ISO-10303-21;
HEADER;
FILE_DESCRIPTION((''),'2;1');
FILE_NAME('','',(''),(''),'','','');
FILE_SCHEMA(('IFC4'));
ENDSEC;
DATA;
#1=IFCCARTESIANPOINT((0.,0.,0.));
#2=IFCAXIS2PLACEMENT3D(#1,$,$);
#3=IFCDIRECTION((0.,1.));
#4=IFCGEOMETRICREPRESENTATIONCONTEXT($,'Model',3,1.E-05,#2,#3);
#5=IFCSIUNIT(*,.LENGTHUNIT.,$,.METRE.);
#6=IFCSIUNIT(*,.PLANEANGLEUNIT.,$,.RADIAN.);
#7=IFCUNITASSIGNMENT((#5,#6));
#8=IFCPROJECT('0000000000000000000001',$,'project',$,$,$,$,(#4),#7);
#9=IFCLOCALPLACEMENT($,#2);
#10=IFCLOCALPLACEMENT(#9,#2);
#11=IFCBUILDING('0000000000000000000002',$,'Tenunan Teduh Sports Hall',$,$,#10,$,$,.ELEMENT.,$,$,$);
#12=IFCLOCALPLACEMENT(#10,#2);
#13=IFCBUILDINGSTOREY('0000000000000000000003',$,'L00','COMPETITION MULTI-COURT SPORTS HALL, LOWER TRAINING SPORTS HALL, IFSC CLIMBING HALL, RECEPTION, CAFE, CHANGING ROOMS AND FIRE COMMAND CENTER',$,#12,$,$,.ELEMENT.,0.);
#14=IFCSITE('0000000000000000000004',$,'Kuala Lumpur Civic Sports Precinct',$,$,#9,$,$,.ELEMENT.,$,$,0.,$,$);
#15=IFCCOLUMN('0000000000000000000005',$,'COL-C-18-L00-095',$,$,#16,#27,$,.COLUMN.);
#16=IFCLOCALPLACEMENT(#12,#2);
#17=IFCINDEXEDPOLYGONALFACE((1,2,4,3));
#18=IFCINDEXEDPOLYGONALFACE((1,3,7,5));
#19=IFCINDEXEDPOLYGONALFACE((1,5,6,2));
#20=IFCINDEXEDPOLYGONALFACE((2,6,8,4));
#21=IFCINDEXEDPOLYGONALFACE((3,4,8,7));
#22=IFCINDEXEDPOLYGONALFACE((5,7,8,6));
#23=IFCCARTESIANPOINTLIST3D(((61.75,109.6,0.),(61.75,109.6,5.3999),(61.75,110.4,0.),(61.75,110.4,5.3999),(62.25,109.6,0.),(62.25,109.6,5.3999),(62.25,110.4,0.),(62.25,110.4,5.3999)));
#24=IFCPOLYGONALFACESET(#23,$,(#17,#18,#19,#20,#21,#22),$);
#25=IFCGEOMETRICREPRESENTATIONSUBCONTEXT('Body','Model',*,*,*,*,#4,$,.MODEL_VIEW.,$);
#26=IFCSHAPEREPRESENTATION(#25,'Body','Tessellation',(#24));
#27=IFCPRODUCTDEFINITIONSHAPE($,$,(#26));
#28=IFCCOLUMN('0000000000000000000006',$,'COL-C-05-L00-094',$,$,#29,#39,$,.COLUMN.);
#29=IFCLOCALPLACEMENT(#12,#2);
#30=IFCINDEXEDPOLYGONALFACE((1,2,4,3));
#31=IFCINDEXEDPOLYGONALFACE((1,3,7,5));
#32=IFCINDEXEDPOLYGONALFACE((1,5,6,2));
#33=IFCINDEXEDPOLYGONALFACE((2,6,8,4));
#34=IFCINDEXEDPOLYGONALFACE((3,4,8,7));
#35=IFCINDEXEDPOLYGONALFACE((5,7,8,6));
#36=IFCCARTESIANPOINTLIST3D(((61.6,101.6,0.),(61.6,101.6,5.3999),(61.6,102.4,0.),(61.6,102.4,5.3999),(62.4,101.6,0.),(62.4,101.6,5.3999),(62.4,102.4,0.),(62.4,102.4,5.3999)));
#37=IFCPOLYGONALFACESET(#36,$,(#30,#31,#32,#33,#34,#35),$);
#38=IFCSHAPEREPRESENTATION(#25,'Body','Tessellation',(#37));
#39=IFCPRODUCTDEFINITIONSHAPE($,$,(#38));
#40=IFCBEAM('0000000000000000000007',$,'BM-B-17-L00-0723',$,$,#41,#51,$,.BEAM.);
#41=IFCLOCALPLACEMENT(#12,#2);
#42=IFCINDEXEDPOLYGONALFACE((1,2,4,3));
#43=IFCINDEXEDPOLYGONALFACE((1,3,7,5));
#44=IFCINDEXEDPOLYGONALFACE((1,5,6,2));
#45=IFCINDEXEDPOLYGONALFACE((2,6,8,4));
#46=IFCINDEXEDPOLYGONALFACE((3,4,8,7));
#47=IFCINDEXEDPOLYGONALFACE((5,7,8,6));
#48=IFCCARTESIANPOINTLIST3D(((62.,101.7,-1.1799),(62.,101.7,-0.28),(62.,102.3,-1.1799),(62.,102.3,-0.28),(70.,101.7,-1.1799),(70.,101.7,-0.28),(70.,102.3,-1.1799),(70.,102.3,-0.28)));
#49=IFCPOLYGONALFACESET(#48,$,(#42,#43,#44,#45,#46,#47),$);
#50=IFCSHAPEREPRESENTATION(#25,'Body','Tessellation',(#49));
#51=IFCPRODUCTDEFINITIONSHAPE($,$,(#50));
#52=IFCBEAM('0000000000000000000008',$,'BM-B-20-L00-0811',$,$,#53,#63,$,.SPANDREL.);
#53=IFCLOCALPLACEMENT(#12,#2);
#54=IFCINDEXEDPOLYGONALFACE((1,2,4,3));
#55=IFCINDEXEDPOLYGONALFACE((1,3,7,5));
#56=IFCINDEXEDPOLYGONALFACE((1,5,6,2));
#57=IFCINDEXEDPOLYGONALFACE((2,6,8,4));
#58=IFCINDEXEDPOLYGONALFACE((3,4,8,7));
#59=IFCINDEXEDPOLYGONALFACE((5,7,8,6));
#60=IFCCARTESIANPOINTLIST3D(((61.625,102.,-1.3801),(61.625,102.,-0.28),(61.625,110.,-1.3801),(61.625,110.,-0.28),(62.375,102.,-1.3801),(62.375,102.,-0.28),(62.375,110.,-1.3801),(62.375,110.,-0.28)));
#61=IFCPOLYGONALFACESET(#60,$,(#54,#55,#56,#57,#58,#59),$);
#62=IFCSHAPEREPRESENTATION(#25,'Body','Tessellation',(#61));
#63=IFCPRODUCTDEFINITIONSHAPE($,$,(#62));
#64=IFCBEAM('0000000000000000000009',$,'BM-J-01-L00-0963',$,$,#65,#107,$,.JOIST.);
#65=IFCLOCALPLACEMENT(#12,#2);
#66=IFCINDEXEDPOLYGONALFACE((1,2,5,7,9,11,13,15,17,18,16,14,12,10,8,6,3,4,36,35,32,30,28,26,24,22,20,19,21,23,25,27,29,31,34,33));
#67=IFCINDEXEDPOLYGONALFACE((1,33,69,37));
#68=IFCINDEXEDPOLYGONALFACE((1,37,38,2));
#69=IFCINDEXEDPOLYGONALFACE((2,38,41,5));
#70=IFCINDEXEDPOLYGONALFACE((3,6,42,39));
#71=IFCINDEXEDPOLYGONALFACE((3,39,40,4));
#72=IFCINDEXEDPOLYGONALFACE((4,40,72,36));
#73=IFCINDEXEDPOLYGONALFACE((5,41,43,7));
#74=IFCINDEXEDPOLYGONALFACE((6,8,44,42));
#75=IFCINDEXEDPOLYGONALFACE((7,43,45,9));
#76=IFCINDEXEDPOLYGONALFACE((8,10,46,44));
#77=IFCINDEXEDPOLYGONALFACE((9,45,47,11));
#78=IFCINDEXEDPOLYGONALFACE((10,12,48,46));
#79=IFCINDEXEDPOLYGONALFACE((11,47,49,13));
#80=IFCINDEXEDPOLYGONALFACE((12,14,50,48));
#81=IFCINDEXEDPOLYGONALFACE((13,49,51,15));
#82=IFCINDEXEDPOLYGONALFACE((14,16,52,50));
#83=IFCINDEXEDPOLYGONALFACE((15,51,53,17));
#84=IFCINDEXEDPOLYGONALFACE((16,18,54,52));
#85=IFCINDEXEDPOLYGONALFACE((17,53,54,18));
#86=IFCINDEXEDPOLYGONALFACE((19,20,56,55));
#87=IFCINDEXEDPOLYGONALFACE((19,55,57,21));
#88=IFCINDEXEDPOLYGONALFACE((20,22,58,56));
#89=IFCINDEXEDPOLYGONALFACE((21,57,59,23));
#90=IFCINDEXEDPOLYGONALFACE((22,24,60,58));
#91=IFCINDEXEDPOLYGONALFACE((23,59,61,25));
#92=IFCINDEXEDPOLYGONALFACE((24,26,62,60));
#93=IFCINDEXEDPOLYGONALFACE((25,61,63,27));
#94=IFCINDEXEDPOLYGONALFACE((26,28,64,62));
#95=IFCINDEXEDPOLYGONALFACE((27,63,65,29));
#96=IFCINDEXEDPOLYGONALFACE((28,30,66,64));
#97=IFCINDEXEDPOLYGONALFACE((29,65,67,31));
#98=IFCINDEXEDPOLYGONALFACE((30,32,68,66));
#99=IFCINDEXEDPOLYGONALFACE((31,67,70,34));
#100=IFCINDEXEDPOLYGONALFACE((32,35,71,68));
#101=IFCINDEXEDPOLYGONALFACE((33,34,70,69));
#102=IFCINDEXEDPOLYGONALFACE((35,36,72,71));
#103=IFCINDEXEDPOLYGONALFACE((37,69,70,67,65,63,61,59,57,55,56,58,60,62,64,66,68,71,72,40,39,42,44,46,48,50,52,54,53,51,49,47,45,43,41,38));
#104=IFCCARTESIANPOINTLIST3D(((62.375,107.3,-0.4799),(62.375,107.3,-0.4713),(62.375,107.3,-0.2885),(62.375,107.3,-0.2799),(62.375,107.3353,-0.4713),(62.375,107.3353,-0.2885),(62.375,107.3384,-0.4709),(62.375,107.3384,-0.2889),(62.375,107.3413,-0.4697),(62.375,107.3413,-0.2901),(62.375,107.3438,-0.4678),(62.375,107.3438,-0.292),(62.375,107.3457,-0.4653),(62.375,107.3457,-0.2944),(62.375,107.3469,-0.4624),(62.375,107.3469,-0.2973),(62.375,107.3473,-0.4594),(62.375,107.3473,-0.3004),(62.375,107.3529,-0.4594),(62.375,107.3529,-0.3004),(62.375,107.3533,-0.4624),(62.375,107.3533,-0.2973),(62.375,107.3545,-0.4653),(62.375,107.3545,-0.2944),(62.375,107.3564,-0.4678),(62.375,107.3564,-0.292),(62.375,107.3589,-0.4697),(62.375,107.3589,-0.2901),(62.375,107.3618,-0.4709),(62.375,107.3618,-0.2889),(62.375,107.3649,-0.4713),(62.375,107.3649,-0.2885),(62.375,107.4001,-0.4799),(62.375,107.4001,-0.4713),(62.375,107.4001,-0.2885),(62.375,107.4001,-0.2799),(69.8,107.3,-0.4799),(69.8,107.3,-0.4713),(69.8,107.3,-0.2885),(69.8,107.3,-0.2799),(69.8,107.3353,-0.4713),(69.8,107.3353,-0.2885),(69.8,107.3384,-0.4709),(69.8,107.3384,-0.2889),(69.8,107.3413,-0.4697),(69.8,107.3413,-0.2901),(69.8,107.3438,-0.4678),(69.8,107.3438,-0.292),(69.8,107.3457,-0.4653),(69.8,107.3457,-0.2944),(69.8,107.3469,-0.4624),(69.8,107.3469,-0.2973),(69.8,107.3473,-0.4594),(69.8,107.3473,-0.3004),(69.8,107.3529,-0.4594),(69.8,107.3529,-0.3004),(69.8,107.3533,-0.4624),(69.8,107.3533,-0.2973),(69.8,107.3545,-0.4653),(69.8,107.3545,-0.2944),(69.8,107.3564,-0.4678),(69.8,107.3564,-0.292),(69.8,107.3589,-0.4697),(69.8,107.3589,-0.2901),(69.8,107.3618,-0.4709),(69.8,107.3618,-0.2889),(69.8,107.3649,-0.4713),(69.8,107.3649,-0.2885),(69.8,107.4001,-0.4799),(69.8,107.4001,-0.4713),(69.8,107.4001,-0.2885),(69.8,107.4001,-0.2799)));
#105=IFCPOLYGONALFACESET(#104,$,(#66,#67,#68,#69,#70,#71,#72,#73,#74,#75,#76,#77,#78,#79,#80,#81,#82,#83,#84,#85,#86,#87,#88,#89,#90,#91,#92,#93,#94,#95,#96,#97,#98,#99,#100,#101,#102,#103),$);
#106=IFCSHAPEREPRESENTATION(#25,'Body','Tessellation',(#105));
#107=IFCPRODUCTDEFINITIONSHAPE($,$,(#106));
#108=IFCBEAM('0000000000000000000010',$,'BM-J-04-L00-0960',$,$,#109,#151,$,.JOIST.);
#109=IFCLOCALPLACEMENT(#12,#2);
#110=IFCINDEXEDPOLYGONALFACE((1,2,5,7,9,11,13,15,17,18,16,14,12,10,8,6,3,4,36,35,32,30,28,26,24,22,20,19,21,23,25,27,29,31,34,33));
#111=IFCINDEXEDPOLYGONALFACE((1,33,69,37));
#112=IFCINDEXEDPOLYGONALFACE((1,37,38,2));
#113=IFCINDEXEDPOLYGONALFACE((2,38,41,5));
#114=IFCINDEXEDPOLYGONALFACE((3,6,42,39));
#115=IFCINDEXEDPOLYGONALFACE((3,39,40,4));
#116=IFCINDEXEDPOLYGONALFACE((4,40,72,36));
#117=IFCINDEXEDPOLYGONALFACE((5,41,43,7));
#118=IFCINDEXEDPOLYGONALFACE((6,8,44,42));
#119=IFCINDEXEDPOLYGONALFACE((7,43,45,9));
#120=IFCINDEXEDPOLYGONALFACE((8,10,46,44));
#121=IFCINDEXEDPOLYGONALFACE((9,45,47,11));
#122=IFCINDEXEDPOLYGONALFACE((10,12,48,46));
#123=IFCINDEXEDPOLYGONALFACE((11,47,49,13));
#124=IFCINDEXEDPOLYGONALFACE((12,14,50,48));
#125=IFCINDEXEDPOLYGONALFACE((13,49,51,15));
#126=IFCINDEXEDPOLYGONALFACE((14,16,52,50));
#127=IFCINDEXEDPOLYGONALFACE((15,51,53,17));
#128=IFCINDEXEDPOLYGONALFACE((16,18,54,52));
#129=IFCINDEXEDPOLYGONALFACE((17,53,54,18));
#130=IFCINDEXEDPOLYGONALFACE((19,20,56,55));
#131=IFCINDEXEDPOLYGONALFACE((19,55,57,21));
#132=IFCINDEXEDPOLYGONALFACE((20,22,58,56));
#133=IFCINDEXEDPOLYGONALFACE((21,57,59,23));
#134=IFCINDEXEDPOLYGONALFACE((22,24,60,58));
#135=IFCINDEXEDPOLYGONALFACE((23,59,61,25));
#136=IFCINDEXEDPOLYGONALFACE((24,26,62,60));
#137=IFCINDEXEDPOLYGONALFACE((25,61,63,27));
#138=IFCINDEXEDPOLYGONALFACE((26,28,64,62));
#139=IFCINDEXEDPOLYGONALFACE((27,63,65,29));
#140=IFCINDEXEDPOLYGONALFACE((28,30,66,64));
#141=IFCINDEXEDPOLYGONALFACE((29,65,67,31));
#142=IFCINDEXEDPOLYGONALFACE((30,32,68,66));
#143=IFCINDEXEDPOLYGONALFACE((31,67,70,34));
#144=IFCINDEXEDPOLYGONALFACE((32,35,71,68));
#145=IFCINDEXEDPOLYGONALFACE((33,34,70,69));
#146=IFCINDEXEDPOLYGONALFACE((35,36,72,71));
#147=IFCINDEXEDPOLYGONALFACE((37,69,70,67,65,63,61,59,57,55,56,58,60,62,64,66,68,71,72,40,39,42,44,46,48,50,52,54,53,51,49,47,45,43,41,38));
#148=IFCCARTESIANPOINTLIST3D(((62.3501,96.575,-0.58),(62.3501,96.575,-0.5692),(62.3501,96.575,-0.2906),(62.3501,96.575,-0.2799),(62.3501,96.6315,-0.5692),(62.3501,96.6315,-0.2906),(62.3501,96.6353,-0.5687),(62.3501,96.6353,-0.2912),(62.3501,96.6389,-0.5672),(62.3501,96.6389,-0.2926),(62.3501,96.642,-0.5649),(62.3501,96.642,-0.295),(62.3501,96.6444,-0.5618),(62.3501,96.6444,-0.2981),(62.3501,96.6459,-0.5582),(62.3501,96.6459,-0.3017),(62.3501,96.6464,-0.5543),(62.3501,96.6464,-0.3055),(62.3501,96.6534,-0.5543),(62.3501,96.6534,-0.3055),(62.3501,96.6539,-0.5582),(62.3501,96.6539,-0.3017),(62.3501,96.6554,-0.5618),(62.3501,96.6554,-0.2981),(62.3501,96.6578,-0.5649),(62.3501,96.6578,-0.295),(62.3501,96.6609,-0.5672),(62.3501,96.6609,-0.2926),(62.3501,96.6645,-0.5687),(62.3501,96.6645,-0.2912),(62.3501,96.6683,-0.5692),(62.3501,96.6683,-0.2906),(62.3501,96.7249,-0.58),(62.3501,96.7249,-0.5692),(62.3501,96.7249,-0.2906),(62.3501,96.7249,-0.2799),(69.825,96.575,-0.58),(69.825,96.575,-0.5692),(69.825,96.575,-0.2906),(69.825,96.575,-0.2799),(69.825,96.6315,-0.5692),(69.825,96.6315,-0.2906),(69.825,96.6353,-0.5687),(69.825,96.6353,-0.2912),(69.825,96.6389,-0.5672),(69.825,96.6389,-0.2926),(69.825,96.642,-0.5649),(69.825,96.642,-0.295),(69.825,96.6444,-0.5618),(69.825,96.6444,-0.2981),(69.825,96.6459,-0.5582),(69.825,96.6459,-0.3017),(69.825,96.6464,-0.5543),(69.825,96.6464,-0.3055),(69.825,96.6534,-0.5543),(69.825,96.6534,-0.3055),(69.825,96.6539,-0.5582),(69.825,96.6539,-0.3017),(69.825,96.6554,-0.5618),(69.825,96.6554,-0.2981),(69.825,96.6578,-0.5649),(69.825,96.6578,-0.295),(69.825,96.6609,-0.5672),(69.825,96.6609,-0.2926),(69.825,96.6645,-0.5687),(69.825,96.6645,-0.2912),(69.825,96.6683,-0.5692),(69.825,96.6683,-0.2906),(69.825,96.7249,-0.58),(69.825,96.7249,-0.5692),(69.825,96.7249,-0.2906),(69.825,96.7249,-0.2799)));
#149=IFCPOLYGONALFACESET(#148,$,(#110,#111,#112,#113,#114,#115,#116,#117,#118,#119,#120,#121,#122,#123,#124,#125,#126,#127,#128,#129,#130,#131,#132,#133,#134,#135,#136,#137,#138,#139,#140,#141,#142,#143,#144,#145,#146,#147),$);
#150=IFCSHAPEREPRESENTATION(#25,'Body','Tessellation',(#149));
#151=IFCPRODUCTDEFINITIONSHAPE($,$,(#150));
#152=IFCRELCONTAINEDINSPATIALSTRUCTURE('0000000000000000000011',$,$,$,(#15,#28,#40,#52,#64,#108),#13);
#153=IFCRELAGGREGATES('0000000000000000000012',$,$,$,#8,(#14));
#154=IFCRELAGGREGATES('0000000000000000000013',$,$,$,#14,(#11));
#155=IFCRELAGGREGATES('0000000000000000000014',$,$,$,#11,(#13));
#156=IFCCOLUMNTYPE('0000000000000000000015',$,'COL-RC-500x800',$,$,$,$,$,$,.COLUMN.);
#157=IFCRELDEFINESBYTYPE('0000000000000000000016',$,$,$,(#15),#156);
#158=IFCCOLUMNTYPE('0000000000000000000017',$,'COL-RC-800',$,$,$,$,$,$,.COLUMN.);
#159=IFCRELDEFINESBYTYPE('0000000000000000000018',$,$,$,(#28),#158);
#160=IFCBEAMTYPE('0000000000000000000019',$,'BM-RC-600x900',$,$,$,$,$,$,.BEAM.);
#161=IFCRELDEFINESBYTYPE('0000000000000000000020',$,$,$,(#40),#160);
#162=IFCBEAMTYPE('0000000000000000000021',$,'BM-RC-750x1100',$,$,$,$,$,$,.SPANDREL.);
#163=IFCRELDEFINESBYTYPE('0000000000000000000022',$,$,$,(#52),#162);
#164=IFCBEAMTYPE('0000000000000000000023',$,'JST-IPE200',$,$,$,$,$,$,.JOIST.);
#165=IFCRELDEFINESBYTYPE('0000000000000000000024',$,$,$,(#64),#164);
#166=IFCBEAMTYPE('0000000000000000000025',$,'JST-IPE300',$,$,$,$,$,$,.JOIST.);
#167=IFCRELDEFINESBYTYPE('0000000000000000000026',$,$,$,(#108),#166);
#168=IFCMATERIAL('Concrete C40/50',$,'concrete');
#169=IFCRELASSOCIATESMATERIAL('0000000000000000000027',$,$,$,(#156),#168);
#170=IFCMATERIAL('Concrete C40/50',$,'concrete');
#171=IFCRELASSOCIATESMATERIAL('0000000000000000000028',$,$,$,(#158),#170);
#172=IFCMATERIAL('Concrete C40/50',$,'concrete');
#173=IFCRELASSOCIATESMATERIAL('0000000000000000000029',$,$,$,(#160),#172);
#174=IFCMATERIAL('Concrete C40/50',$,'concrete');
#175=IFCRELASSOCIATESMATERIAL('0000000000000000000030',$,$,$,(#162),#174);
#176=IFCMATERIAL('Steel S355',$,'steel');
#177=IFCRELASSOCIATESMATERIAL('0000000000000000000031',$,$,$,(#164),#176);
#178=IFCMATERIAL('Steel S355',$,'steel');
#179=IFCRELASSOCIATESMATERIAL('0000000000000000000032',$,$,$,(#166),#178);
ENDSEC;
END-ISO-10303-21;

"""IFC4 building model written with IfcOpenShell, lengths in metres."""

from ifc_helpers import new_model, si_unit, direction, frame, origin, origin_2d, place, context, subcontext, project, spatial, rectangle, i_section, extrude, material, material_profile, profile_set, type_object, element, save


model = new_model("IFC4")

# Units and contexts
model_context = context("Model", 3, precision=1e-05, world=origin(), true_north=direction((0.0, 1.0)))
body_context = subcontext(model_context, "Body", "Model", "MODEL_VIEW")
ifc_project = project(units=[si_unit("LENGTHUNIT", "METRE"), si_unit("PLANEANGLEUNIT", "RADIAN")], contexts=[model_context])

# Site, building, storey
site_placement = place(None, origin())
site = spatial("IfcSite", under=ifc_project, at=site_placement, Name="Kuala Lumpur Civic Sports Precinct", CompositionType="ELEMENT", RefElevation=0.0)
building_placement = place(site_placement, origin())
building = spatial("IfcBuilding", under=site, at=building_placement, Name="Tenunan Teduh Sports Hall", CompositionType="ELEMENT")
storey_placement = place(building_placement, origin())
storey = spatial("IfcBuildingStorey", under=building, at=storey_placement, Name="L00", Description="COMPETITION MULTI-COURT SPORTS HALL, LOWER TRAINING SPORTS HALL, IFSC CLIMBING HALL, RECEPTION, CAFE, CHANGING ROOMS AND FIRE COMMAND CENTER", CompositionType="ELEMENT", Elevation=0.0)

# Columns
ifc_material_1 = material(Name="Concrete C40/50", Category="concrete")
ifc_material_profile_1 = material_profile(ifc_material_1, rectangle(XDim=0.5, YDim=0.8, at=origin_2d()), Name="RC 500x800")
ifc_profile_set_1 = profile_set([ifc_material_profile_1], Name="Concrete C40/50")
column_type_1 = type_object("IfcColumnType", Name="COL-RC-500x800", PredefinedType="COLUMN", material=ifc_profile_set_1)
column_1_placement = place(storey_placement, frame((62.0, 110.0, 0.0), z_axis=(0.0, 0.0, 1.0), x_axis=(1.0, 0.0, 0.0)))
element("IfcColumn", 1, at=column_1_placement, inside=storey, type_object=column_type_1, Name="COL-C-18-L00-095", PredefinedType="COLUMN", context=body_context, shape_type="SweptSolid", body=[
    extrude(rectangle(XDim=0.5, YDim=0.8, at=origin_2d()), origin(), (0.0, 0.0, 1.0), 5.3999),
])
ifc_material_2 = material(Name="Concrete C40/50", Category="concrete")
ifc_material_profile_2 = material_profile(ifc_material_2, rectangle(XDim=0.8, YDim=0.8, at=origin_2d()), Name="RC 800x800")
ifc_profile_set_2 = profile_set([ifc_material_profile_2], Name="Concrete C40/50")
column_type_2 = type_object("IfcColumnType", Name="COL-RC-800", PredefinedType="COLUMN", material=ifc_profile_set_2)
column_2_placement = place(storey_placement, frame((62.0, 102.0, 0.0), z_axis=(0.0, 0.0, 1.0), x_axis=(1.0, 0.0, 0.0)))
element("IfcColumn", 2, at=column_2_placement, inside=storey, type_object=column_type_2, Name="COL-C-05-L00-094", PredefinedType="COLUMN", context=body_context, shape_type="SweptSolid", body=[
    extrude(rectangle(XDim=0.8, YDim=0.8, at=origin_2d()), origin(), (0.0, 0.0, 1.0), 5.3999),
])

# Beams
ifc_material_3 = material(Name="Concrete C40/50", Category="concrete")
ifc_material_profile_3 = material_profile(ifc_material_3, rectangle(XDim=0.6001, YDim=0.8999, at=origin_2d()), Name="RCB 600x900")
ifc_profile_set_3 = profile_set([ifc_material_profile_3], Name="Concrete C40/50")
beam_type_1 = type_object("IfcBeamType", Name="BM-RC-600x900", PredefinedType="BEAM", material=ifc_profile_set_3)
beam_1_placement = place(storey_placement, frame((62.0, 102.0, -0.73), z_axis=(1.0, 0.0, 0.0), x_axis=(0.0, 1.0, 0.0)))
element("IfcBeam", 3, at=beam_1_placement, inside=storey, type_object=beam_type_1, Name="BM-B-17-L00-0723", PredefinedType="BEAM", context=body_context, shape_type="SweptSolid", body=[
    extrude(rectangle(XDim=0.6001, YDim=0.8999, at=origin_2d()), origin(), (0.0, 0.0, 1.0), 8.0),
])
ifc_material_4 = material(Name="Concrete C40/50", Category="concrete")
ifc_material_profile_4 = material_profile(ifc_material_4, rectangle(XDim=0.75, YDim=1.1001, at=origin_2d()), Name="RCB 750x1100")
ifc_profile_set_4 = profile_set([ifc_material_profile_4], Name="Concrete C40/50")
beam_type_2 = type_object("IfcBeamType", Name="BM-RC-750x1100", PredefinedType="SPANDREL", material=ifc_profile_set_4)
beam_2_placement = place(storey_placement, frame((62.0, 102.0, -0.8301), z_axis=(0.0, 1.0, 0.0), x_axis=(-1.0, 0.0, 0.0)))
element("IfcBeam", 4, at=beam_2_placement, inside=storey, type_object=beam_type_2, Name="BM-B-20-L00-0811", PredefinedType="SPANDREL", context=body_context, shape_type="SweptSolid", body=[
    extrude(rectangle(XDim=0.75, YDim=1.1001, at=origin_2d()), origin(), (0.0, 0.0, 1.0), 8.0),
])
ifc_material_5 = material(Name="Steel S355", Category="steel")
ifc_material_profile_5 = material_profile(ifc_material_5, i_section(OverallWidth=0.1001, OverallDepth=0.2, WebThickness=0.0056, FlangeThickness=0.0085, FilletRadius=0.012, at=origin_2d()), Name="IPE 200")
ifc_profile_set_5 = profile_set([ifc_material_profile_5], Name="Steel S355")
beam_type_3 = type_object("IfcBeamType", Name="JST-IPE200", PredefinedType="JOIST", material=ifc_profile_set_5)
beam_3_placement = place(storey_placement, frame((62.375, 107.3501, -0.3799), z_axis=(1.0, 0.0, 0.0), x_axis=(0.0, 1.0, 0.0)))
element("IfcBeam", 5, at=beam_3_placement, inside=storey, type_object=beam_type_3, Name="BM-J-01-L00-0963", PredefinedType="JOIST", context=body_context, shape_type="SweptSolid", body=[
    extrude(i_section(OverallWidth=0.1001, OverallDepth=0.2, WebThickness=0.0056, FlangeThickness=0.0085, FilletRadius=0.012, at=origin_2d()), origin(), (0.0, 0.0, 1.0), 7.425),
])
ifc_material_6 = material(Name="Steel S355", Category="steel")
ifc_material_profile_6 = material_profile(ifc_material_6, i_section(OverallWidth=0.1499, OverallDepth=0.3, WebThickness=0.0071, FlangeThickness=0.0107, FilletRadius=0.0149, at=origin_2d()), Name="IPE 300")
ifc_profile_set_6 = profile_set([ifc_material_profile_6], Name="Steel S355")
beam_type_4 = type_object("IfcBeamType", Name="JST-IPE300", PredefinedType="JOIST", material=ifc_profile_set_6)
beam_4_placement = place(storey_placement, frame((62.3501, 96.6499, -0.4299), z_axis=(1.0, 0.0, 0.0), x_axis=(0.0, 1.0, 0.0)))
element("IfcBeam", 6, at=beam_4_placement, inside=storey, type_object=beam_type_4, Name="BM-J-04-L00-0960", PredefinedType="JOIST", context=body_context, shape_type="SweptSolid", body=[
    extrude(i_section(OverallWidth=0.1499, OverallDepth=0.3, WebThickness=0.0071, FlangeThickness=0.0107, FilletRadius=0.0149, at=origin_2d()), origin(), (0.0, 0.0, 1.0), 7.4749),
])

save(model, "model.ifc")
